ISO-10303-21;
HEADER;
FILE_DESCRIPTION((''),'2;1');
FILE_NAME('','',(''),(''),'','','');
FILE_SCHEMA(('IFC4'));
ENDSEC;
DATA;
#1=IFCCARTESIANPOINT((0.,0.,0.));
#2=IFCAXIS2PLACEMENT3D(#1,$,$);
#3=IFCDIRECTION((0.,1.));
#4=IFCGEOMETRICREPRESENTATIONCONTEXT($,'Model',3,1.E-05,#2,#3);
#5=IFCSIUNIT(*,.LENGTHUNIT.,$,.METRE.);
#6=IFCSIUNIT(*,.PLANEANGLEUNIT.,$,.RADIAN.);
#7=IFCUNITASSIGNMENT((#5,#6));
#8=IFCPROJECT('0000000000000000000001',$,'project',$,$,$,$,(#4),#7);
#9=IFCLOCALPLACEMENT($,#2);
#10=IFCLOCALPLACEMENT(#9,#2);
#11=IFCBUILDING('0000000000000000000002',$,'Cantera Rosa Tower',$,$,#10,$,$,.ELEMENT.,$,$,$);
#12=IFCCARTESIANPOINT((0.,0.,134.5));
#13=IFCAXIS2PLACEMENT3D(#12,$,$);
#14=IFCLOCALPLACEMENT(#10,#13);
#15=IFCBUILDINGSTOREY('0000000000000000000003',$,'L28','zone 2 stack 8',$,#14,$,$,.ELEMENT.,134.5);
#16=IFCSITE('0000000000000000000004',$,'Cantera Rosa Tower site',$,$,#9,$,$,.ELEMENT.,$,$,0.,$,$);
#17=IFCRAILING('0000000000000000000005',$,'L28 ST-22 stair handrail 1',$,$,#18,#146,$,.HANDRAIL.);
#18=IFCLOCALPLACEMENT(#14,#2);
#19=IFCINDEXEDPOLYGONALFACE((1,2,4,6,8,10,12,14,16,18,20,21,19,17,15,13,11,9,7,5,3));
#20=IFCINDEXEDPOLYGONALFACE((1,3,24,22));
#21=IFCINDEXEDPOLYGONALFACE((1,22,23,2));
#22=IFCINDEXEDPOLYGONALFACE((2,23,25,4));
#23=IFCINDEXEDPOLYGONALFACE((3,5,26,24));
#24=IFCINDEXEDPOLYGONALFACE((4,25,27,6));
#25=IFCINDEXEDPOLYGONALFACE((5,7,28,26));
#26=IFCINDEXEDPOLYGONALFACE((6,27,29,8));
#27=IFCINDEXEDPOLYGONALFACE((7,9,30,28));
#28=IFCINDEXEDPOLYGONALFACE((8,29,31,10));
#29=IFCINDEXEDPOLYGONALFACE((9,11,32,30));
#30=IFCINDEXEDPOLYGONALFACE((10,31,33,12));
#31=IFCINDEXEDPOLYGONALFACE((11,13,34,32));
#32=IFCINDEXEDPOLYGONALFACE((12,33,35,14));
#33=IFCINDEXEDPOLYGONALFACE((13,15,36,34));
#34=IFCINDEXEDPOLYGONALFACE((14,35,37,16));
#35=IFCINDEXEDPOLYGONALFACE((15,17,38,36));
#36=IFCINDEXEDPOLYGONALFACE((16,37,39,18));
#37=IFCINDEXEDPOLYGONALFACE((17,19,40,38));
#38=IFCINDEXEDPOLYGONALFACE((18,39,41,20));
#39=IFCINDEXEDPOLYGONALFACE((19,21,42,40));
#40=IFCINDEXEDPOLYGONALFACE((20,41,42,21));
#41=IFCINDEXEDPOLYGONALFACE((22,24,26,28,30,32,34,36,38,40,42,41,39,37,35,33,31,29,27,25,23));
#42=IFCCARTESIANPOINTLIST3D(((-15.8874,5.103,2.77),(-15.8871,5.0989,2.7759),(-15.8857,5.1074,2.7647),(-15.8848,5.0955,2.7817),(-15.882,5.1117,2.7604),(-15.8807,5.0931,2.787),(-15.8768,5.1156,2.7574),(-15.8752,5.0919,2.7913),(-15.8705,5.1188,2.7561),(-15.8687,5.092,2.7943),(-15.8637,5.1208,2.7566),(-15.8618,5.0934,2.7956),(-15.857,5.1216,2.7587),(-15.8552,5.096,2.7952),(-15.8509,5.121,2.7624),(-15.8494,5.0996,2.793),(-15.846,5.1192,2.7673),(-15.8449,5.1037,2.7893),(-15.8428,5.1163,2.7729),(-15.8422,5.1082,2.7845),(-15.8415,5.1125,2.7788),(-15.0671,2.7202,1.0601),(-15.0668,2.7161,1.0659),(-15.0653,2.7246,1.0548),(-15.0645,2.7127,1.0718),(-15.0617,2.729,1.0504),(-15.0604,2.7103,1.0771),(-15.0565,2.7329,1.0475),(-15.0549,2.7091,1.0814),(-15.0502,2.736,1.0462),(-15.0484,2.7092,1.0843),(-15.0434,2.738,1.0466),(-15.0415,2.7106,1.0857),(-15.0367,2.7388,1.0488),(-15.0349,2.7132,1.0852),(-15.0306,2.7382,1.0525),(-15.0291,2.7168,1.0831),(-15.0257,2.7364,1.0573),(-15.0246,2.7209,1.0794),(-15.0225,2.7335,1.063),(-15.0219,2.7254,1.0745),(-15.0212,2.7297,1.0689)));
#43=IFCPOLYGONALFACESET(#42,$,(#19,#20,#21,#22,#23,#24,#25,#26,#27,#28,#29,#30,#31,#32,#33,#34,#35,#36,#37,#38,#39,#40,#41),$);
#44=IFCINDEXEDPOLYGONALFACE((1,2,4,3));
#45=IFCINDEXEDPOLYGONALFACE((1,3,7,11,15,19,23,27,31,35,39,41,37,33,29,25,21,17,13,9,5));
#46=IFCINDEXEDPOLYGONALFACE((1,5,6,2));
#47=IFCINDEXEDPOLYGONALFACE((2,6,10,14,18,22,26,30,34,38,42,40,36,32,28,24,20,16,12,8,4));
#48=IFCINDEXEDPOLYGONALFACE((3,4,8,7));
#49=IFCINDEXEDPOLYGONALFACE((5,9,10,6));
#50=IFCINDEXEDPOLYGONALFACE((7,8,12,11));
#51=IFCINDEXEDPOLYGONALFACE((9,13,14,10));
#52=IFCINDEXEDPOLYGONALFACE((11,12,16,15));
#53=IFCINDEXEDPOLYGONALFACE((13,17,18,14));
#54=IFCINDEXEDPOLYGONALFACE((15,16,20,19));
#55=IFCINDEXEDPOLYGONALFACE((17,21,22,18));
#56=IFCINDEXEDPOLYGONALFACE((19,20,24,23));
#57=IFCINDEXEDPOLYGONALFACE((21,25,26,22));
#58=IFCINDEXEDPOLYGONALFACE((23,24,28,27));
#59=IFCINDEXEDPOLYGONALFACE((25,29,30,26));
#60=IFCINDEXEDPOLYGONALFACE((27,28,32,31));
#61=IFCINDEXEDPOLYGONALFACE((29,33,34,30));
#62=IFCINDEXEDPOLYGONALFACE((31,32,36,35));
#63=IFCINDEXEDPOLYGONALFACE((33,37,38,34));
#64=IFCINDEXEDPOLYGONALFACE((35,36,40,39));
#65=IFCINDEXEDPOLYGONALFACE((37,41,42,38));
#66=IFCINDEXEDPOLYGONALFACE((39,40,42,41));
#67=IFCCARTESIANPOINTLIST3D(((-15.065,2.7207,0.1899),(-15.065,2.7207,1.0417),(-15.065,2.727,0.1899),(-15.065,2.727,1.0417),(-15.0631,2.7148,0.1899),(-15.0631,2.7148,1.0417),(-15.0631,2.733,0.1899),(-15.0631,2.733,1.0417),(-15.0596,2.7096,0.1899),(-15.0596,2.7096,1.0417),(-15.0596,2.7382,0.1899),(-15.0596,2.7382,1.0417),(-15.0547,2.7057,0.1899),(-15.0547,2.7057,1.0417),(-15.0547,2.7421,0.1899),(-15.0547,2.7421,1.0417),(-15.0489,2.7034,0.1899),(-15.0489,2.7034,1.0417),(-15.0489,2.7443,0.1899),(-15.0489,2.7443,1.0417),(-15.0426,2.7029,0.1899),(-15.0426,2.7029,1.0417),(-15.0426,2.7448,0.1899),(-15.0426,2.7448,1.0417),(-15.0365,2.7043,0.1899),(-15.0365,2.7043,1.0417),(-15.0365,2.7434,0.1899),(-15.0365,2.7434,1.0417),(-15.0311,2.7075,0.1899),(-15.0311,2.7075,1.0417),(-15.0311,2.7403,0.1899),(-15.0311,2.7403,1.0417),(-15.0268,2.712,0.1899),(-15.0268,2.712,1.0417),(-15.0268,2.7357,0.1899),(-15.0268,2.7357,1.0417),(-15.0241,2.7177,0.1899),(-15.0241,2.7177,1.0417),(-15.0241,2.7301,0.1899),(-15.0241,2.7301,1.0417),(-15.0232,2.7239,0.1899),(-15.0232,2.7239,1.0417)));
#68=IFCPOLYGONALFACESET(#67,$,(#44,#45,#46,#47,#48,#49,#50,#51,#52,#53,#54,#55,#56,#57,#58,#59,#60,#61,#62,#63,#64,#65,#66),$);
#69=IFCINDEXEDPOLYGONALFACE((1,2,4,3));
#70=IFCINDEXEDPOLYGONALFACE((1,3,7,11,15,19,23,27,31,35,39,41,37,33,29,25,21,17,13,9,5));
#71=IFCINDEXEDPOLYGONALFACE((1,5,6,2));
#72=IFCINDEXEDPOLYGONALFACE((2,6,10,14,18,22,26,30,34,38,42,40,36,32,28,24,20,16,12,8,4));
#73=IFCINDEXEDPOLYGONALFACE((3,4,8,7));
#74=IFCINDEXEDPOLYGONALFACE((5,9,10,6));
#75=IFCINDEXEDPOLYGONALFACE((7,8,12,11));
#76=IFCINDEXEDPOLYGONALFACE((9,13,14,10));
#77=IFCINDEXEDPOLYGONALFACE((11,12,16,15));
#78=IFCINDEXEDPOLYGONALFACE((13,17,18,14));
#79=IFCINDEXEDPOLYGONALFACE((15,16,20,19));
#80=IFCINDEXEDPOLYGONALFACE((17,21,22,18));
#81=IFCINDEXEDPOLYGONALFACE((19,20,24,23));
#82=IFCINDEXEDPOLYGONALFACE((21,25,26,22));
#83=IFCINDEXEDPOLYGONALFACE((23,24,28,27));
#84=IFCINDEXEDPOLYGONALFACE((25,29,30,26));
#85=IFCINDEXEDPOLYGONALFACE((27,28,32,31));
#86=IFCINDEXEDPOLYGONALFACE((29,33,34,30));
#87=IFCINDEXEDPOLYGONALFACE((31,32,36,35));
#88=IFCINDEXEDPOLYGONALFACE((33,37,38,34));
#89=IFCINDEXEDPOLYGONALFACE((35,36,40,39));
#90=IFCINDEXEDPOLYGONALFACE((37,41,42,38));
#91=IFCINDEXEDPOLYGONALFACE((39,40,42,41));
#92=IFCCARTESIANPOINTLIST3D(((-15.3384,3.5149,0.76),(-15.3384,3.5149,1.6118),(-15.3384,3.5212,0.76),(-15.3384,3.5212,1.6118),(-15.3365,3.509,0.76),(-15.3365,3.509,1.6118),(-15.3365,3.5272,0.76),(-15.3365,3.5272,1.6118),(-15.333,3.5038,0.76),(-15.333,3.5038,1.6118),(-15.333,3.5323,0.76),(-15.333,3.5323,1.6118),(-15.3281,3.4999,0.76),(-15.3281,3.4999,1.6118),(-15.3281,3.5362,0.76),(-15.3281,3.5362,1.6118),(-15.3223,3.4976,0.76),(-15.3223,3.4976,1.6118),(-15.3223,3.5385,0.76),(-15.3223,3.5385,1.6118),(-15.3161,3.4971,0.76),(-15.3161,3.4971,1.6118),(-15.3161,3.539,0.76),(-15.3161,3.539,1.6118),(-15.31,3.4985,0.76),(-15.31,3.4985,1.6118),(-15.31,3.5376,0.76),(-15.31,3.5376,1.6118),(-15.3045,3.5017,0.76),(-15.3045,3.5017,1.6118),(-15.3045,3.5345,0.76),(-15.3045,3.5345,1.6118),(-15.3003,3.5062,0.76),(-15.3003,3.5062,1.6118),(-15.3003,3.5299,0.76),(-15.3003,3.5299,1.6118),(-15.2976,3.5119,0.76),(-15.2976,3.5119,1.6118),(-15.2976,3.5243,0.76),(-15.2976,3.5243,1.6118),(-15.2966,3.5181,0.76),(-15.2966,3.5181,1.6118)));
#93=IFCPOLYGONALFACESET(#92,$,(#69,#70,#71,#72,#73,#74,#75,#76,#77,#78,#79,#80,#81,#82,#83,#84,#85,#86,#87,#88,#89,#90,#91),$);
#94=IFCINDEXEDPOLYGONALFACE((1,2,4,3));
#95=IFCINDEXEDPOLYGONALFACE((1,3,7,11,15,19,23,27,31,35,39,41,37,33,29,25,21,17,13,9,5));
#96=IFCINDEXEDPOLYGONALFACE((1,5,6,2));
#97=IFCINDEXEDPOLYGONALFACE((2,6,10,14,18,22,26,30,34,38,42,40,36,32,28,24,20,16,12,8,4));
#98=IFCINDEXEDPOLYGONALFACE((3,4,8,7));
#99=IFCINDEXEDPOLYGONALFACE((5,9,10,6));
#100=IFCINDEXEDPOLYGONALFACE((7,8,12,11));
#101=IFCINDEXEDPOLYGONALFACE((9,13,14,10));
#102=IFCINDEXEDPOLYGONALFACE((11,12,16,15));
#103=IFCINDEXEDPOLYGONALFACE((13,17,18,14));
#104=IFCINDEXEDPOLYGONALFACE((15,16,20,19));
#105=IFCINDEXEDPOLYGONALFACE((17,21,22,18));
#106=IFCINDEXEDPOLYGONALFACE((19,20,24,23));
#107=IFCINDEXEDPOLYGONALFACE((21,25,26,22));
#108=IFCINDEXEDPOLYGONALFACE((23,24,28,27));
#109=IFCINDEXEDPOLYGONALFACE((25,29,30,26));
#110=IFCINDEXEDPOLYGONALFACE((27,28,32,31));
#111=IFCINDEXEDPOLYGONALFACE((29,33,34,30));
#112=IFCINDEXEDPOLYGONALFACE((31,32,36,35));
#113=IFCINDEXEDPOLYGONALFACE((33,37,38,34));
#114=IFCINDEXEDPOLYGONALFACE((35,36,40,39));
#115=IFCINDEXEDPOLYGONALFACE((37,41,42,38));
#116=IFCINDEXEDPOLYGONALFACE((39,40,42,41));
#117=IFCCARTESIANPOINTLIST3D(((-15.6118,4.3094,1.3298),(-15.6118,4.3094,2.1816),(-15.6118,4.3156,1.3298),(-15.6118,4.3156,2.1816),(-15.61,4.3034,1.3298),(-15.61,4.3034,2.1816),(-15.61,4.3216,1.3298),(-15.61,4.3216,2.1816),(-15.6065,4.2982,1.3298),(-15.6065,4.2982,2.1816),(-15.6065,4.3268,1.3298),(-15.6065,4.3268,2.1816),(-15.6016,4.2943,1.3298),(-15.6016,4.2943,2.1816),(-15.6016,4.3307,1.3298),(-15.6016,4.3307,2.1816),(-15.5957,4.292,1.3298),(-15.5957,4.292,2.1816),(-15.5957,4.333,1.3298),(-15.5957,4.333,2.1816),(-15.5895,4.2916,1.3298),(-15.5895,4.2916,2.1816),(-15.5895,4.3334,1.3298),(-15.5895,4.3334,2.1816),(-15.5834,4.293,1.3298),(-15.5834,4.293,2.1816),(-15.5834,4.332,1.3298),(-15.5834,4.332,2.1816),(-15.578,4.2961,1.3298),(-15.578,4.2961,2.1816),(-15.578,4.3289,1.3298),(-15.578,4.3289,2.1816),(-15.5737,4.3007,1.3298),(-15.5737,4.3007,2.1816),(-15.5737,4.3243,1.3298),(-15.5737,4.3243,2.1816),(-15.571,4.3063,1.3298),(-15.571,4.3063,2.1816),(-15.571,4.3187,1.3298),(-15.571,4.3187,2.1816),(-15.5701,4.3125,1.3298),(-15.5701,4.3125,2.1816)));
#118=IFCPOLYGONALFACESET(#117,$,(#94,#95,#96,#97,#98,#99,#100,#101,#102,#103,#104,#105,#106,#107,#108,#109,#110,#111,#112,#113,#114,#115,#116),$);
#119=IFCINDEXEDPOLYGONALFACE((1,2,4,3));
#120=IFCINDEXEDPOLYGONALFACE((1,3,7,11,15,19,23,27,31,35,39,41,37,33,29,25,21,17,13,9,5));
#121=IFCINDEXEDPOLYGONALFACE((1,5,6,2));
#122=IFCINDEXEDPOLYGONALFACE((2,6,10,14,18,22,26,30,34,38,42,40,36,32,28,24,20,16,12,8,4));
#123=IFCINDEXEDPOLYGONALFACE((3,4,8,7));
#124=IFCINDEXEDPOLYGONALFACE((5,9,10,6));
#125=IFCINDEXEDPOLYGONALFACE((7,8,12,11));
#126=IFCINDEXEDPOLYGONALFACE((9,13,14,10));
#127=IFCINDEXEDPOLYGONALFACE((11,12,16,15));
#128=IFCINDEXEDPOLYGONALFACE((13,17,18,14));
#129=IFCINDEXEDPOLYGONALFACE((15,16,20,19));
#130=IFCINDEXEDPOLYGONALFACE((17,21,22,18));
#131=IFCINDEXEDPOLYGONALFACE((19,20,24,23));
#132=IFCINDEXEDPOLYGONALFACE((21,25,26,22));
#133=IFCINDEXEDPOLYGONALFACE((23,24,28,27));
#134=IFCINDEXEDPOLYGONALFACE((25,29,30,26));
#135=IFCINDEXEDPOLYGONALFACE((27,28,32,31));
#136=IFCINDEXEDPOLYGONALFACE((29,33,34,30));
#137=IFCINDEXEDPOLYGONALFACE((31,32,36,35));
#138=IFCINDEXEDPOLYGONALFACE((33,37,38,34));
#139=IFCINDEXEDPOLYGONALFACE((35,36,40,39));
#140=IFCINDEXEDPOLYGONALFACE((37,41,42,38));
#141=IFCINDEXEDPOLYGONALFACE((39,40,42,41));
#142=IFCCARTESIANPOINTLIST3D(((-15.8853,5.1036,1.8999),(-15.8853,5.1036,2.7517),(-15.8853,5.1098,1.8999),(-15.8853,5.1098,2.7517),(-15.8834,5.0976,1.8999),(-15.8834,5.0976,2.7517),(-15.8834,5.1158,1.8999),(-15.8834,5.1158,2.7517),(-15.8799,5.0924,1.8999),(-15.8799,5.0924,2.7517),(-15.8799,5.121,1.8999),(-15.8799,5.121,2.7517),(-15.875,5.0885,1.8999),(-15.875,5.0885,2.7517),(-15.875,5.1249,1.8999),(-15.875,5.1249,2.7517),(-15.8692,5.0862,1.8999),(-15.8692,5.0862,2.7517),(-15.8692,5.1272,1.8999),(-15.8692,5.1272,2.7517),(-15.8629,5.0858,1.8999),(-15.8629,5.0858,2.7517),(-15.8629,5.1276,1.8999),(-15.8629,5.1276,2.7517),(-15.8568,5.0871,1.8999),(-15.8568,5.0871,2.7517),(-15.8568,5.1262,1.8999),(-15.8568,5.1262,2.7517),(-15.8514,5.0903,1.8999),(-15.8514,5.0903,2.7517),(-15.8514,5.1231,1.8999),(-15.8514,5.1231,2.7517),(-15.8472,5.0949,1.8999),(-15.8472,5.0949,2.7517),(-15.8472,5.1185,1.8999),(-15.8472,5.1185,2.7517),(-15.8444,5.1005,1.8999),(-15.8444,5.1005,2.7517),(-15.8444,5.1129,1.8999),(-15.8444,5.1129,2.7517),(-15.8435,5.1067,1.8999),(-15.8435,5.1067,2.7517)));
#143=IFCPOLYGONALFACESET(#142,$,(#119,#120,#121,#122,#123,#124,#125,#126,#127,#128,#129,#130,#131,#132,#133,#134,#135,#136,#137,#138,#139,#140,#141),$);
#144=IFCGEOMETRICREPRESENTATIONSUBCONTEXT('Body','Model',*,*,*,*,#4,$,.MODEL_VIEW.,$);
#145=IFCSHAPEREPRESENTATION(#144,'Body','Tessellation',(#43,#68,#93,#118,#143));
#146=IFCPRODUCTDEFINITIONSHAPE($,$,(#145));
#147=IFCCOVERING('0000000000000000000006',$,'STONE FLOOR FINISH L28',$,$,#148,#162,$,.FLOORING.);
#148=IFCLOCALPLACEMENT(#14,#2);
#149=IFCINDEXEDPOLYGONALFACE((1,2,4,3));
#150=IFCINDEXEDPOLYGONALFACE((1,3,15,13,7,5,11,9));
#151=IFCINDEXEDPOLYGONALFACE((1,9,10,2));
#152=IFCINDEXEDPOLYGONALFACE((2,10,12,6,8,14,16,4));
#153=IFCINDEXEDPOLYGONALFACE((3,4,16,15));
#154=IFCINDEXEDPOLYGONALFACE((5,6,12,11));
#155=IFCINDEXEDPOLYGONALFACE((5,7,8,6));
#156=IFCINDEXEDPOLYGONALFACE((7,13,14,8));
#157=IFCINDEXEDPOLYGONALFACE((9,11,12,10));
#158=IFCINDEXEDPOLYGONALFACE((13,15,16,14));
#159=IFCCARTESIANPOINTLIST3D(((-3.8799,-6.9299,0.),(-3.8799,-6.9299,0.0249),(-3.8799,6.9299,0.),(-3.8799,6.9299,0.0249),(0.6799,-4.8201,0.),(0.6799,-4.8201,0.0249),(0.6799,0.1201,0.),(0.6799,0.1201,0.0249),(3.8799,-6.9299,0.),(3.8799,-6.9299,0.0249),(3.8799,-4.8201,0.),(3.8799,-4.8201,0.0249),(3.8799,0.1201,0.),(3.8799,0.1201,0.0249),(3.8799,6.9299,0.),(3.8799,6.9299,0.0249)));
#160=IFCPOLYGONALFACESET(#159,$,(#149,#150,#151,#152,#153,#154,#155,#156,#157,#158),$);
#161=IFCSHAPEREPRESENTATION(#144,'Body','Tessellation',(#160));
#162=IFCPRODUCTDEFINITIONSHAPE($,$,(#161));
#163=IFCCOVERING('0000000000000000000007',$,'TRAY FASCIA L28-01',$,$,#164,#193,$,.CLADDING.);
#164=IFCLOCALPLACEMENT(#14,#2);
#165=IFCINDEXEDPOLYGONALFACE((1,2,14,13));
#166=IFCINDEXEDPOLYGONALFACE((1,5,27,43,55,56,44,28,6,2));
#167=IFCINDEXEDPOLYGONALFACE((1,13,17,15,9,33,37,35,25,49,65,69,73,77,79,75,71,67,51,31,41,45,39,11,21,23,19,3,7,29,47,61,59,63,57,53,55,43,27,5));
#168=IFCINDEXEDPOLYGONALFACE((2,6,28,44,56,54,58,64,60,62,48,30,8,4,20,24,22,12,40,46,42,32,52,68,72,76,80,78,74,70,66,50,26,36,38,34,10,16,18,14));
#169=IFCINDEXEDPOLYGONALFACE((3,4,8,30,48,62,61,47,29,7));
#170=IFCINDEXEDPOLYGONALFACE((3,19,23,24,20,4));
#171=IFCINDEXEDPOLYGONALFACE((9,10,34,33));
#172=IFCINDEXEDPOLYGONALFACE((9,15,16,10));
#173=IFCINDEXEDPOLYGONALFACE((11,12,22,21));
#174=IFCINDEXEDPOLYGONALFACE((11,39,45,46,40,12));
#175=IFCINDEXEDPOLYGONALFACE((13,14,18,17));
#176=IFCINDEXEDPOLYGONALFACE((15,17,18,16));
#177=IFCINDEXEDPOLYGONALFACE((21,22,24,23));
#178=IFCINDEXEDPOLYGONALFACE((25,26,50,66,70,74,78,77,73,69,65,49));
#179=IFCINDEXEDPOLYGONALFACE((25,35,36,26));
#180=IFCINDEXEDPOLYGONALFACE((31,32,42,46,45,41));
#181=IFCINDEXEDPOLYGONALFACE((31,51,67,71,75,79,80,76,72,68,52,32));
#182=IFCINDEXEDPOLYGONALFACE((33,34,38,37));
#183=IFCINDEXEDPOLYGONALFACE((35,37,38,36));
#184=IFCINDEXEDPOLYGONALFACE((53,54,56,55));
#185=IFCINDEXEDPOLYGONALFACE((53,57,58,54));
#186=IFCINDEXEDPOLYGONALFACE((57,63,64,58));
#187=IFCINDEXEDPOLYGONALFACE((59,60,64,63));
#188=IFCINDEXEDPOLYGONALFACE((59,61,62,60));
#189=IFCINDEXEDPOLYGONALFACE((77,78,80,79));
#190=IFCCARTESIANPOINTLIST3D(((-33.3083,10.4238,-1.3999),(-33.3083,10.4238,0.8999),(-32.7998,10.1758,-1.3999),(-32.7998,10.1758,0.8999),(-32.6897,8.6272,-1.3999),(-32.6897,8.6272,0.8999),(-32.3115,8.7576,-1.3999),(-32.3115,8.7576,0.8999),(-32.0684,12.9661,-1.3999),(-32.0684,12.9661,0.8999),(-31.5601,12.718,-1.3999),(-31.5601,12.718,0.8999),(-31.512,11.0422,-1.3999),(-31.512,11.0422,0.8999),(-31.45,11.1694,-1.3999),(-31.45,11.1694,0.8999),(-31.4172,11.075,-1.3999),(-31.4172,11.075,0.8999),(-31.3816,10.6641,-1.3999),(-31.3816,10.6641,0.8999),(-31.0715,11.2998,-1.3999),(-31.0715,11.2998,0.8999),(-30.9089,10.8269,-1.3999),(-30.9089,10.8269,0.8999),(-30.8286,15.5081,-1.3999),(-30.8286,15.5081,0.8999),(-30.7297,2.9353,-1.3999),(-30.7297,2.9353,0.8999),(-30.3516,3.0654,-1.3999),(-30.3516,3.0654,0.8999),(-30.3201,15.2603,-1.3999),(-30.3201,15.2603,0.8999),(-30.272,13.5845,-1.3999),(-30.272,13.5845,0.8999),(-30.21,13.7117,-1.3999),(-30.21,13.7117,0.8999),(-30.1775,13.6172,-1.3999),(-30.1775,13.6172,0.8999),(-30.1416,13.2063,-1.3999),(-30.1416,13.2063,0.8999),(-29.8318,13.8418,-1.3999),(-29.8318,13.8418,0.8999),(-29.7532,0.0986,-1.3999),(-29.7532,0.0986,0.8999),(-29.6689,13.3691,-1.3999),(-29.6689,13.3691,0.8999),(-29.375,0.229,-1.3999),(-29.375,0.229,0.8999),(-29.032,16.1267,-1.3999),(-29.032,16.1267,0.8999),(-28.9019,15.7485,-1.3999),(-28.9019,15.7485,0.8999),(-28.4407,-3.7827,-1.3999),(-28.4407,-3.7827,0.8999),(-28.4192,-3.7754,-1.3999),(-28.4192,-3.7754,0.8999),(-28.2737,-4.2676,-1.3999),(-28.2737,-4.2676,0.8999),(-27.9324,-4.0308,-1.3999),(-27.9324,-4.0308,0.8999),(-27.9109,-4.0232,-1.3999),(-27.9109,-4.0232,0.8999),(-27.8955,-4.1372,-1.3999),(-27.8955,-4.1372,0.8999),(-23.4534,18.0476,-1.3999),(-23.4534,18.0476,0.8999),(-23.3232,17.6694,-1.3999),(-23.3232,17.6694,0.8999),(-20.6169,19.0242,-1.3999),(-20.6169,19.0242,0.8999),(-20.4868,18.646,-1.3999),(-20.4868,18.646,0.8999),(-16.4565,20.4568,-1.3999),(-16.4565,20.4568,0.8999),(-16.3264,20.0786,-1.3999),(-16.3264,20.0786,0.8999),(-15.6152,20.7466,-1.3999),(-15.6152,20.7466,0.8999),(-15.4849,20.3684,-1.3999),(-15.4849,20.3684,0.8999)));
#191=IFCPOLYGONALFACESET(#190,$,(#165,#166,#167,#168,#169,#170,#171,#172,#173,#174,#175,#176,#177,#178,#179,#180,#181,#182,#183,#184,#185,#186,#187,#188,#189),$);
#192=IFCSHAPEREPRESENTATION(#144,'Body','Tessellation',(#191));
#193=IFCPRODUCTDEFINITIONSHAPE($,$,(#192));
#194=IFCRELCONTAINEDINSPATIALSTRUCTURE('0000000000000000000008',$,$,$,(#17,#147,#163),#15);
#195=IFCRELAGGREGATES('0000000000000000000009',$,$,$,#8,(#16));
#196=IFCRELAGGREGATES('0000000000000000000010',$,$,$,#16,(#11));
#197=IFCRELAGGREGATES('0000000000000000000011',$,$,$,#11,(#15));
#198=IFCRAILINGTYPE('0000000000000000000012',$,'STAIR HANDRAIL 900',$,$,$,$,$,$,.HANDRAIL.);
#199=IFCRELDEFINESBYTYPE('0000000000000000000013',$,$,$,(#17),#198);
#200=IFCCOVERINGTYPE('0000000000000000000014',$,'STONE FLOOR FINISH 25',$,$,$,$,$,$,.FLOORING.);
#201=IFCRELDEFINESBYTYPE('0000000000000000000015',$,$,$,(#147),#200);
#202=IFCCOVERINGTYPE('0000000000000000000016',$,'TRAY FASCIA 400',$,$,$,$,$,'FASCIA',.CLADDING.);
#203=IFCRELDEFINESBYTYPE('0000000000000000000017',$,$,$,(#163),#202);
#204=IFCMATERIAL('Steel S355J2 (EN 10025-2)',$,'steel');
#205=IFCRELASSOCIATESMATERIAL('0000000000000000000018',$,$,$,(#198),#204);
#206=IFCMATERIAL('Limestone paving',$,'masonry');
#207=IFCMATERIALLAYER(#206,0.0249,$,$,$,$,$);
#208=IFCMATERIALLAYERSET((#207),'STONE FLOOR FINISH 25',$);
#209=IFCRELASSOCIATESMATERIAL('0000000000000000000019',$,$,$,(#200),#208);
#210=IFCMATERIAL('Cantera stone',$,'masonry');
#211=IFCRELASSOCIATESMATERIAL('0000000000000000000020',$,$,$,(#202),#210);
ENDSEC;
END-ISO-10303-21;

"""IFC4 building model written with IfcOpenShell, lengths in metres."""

from ifc_helpers import new_model, si_unit, direction, frame, origin, origin_2d, place, context, subcontext, project, spatial, polyline, circle, outline, extrude, material, layer, layer_set, type_object, element, save


model = new_model("IFC4")

# Units and contexts
model_context = context("Model", 3, precision=1e-05, world=origin(), true_north=direction((0.0, 1.0)))
body_context = subcontext(model_context, "Body", "Model", "MODEL_VIEW")
ifc_project = project(units=[si_unit("LENGTHUNIT", "METRE"), si_unit("PLANEANGLEUNIT", "RADIAN")], contexts=[model_context])

# Site, building, storey
site_placement = place(None, origin())
site = spatial("IfcSite", under=ifc_project, at=site_placement, Name="Cantera Rosa Tower site", CompositionType="ELEMENT", RefElevation=0.0)
building_placement = place(site_placement, origin())
building = spatial("IfcBuilding", under=site, at=building_placement, Name="Cantera Rosa Tower", CompositionType="ELEMENT")
storey_placement = place(building_placement, frame((0.0, 0.0, 134.5)))
storey = spatial("IfcBuildingStorey", under=building, at=storey_placement, Name="L28", Description="zone 2 stack 8", CompositionType="ELEMENT", Elevation=134.5)

# Railing
ifc_material_1 = material(Name="Steel S355J2 (EN 10025-2)", Category="steel")
railing_type_1 = type_object("IfcRailingType", Name="STAIR HANDRAIL 900", PredefinedType="HANDRAIL", material=ifc_material_1)
railing_1_placement = place(storey_placement, frame((-15.0442, 2.7239, 0.1899)))
element("IfcRailing", 1, at=railing_1_placement, inside=storey, type_object=railing_type_1, Name="L28 ST-22 stair handrail 1", PredefinedType="HANDRAIL", context=body_context, shape_type="SweptSolid", body=[
    extrude(circle(Radius=0.0239, at=origin_2d()), frame((0.0, 0.0, 0.876), z_axis=(-0.269358, 0.782421, 0.561483), x_axis=(-0.945538, -0.325513, 0.0)), (0.0, 0.0, 1.0), 3.0454),
    extrude(circle(Radius=0.021, at=origin_2d()), origin(), (0.0, 0.0, 1.0), 0.8518),
    extrude(circle(Radius=0.021, at=origin_2d()), frame((-0.2734, 0.7942, 0.5701)), (0.0, 0.0, 1.0), 0.8518),
    extrude(circle(Radius=0.021, at=origin_2d()), frame((-0.5469, 1.5886, 1.1399)), (0.0, 0.0, 1.0), 0.8518),
    extrude(circle(Radius=0.021, at=origin_2d()), frame((-0.8203, 2.3828, 1.71)), (0.0, 0.0, 1.0), 0.8518),
])

# Coverings
ifc_material_2 = material(Name="Limestone paving", Category="masonry")
ifc_layer_1 = layer(ifc_material_2, 0.0249)
ifc_layer_set_1 = layer_set([ifc_layer_1], Name="STONE FLOOR FINISH 25")
covering_type_1 = type_object("IfcCoveringType", Name="STONE FLOOR FINISH 25", PredefinedType="FLOORING", material=ifc_layer_set_1)
covering_1_placement = place(storey_placement, origin())
element("IfcCovering", 2, at=covering_1_placement, inside=storey, type_object=covering_type_1, Name="STONE FLOOR FINISH L28", PredefinedType="FLOORING", context=body_context, shape_type="SweptSolid", body=[
    extrude(outline(polyline([(3.8799, 6.9299), (3.8799, 0.1201), (0.6799, 0.1201), (0.6799, -4.8201), (3.8799, -4.8201), (3.8799, -6.9299), (-3.8799, -6.9299), (-3.8799, 6.9299), (3.8799, 6.9299)])), origin(), (0.0, 0.0, 1.0), 0.0249),
])
ifc_material_3 = material(Name="Cantera stone", Category="masonry")
covering_type_2 = type_object("IfcCoveringType", Name="TRAY FASCIA 400", ElementType="FASCIA", PredefinedType="CLADDING", material=ifc_material_3)
covering_2_placement = place(storey_placement, frame((0.0, 0.0, -1.3999)))
element("IfcCovering", 3, at=covering_2_placement, inside=storey, type_object=covering_type_2, Name="TRAY FASCIA L28-01", PredefinedType="CLADDING", context=body_context, shape_type="SweptSolid", body=[
    extrude(outline(polyline([(-30.7297, 2.9353), (-32.6897, 8.6272), (-33.3083, 10.4238), (-31.512, 11.0422), (-31.4172, 11.075), (-31.45, 11.1694), (-32.0684, 12.9661), (-30.272, 13.5845), (-30.1775, 13.6172), (-30.21, 13.7117), (-30.8286, 15.5081), (-29.032, 16.1267), (-23.4534, 18.0476), (-20.6169, 19.0242), (-16.4565, 20.4568), (-15.6152, 20.7466), (-15.4849, 20.3684), (-16.3264, 20.0786), (-20.4868, 18.646), (-23.3232, 17.6694), (-28.9019, 15.7485), (-30.3201, 15.2603), (-29.8318, 13.8418), (-29.6689, 13.3691), (-30.1416, 13.2063), (-31.5601, 12.718), (-31.0715, 11.2998), (-30.9089, 10.8269), (-31.3816, 10.6641), (-32.7998, 10.1758), (-32.3115, 8.7576), (-30.3516, 3.0654), (-29.375, 0.229), (-27.9109, -4.0232), (-27.9324, -4.0308), (-27.8955, -4.1372), (-28.2737, -4.2676), (-28.4407, -3.7827), (-28.4192, -3.7754), (-29.7532, 0.0986), (-30.7297, 2.9353)])), origin(), (0.0, 0.0, 1.0), 2.2998),
])

save(model, "model.ifc")
